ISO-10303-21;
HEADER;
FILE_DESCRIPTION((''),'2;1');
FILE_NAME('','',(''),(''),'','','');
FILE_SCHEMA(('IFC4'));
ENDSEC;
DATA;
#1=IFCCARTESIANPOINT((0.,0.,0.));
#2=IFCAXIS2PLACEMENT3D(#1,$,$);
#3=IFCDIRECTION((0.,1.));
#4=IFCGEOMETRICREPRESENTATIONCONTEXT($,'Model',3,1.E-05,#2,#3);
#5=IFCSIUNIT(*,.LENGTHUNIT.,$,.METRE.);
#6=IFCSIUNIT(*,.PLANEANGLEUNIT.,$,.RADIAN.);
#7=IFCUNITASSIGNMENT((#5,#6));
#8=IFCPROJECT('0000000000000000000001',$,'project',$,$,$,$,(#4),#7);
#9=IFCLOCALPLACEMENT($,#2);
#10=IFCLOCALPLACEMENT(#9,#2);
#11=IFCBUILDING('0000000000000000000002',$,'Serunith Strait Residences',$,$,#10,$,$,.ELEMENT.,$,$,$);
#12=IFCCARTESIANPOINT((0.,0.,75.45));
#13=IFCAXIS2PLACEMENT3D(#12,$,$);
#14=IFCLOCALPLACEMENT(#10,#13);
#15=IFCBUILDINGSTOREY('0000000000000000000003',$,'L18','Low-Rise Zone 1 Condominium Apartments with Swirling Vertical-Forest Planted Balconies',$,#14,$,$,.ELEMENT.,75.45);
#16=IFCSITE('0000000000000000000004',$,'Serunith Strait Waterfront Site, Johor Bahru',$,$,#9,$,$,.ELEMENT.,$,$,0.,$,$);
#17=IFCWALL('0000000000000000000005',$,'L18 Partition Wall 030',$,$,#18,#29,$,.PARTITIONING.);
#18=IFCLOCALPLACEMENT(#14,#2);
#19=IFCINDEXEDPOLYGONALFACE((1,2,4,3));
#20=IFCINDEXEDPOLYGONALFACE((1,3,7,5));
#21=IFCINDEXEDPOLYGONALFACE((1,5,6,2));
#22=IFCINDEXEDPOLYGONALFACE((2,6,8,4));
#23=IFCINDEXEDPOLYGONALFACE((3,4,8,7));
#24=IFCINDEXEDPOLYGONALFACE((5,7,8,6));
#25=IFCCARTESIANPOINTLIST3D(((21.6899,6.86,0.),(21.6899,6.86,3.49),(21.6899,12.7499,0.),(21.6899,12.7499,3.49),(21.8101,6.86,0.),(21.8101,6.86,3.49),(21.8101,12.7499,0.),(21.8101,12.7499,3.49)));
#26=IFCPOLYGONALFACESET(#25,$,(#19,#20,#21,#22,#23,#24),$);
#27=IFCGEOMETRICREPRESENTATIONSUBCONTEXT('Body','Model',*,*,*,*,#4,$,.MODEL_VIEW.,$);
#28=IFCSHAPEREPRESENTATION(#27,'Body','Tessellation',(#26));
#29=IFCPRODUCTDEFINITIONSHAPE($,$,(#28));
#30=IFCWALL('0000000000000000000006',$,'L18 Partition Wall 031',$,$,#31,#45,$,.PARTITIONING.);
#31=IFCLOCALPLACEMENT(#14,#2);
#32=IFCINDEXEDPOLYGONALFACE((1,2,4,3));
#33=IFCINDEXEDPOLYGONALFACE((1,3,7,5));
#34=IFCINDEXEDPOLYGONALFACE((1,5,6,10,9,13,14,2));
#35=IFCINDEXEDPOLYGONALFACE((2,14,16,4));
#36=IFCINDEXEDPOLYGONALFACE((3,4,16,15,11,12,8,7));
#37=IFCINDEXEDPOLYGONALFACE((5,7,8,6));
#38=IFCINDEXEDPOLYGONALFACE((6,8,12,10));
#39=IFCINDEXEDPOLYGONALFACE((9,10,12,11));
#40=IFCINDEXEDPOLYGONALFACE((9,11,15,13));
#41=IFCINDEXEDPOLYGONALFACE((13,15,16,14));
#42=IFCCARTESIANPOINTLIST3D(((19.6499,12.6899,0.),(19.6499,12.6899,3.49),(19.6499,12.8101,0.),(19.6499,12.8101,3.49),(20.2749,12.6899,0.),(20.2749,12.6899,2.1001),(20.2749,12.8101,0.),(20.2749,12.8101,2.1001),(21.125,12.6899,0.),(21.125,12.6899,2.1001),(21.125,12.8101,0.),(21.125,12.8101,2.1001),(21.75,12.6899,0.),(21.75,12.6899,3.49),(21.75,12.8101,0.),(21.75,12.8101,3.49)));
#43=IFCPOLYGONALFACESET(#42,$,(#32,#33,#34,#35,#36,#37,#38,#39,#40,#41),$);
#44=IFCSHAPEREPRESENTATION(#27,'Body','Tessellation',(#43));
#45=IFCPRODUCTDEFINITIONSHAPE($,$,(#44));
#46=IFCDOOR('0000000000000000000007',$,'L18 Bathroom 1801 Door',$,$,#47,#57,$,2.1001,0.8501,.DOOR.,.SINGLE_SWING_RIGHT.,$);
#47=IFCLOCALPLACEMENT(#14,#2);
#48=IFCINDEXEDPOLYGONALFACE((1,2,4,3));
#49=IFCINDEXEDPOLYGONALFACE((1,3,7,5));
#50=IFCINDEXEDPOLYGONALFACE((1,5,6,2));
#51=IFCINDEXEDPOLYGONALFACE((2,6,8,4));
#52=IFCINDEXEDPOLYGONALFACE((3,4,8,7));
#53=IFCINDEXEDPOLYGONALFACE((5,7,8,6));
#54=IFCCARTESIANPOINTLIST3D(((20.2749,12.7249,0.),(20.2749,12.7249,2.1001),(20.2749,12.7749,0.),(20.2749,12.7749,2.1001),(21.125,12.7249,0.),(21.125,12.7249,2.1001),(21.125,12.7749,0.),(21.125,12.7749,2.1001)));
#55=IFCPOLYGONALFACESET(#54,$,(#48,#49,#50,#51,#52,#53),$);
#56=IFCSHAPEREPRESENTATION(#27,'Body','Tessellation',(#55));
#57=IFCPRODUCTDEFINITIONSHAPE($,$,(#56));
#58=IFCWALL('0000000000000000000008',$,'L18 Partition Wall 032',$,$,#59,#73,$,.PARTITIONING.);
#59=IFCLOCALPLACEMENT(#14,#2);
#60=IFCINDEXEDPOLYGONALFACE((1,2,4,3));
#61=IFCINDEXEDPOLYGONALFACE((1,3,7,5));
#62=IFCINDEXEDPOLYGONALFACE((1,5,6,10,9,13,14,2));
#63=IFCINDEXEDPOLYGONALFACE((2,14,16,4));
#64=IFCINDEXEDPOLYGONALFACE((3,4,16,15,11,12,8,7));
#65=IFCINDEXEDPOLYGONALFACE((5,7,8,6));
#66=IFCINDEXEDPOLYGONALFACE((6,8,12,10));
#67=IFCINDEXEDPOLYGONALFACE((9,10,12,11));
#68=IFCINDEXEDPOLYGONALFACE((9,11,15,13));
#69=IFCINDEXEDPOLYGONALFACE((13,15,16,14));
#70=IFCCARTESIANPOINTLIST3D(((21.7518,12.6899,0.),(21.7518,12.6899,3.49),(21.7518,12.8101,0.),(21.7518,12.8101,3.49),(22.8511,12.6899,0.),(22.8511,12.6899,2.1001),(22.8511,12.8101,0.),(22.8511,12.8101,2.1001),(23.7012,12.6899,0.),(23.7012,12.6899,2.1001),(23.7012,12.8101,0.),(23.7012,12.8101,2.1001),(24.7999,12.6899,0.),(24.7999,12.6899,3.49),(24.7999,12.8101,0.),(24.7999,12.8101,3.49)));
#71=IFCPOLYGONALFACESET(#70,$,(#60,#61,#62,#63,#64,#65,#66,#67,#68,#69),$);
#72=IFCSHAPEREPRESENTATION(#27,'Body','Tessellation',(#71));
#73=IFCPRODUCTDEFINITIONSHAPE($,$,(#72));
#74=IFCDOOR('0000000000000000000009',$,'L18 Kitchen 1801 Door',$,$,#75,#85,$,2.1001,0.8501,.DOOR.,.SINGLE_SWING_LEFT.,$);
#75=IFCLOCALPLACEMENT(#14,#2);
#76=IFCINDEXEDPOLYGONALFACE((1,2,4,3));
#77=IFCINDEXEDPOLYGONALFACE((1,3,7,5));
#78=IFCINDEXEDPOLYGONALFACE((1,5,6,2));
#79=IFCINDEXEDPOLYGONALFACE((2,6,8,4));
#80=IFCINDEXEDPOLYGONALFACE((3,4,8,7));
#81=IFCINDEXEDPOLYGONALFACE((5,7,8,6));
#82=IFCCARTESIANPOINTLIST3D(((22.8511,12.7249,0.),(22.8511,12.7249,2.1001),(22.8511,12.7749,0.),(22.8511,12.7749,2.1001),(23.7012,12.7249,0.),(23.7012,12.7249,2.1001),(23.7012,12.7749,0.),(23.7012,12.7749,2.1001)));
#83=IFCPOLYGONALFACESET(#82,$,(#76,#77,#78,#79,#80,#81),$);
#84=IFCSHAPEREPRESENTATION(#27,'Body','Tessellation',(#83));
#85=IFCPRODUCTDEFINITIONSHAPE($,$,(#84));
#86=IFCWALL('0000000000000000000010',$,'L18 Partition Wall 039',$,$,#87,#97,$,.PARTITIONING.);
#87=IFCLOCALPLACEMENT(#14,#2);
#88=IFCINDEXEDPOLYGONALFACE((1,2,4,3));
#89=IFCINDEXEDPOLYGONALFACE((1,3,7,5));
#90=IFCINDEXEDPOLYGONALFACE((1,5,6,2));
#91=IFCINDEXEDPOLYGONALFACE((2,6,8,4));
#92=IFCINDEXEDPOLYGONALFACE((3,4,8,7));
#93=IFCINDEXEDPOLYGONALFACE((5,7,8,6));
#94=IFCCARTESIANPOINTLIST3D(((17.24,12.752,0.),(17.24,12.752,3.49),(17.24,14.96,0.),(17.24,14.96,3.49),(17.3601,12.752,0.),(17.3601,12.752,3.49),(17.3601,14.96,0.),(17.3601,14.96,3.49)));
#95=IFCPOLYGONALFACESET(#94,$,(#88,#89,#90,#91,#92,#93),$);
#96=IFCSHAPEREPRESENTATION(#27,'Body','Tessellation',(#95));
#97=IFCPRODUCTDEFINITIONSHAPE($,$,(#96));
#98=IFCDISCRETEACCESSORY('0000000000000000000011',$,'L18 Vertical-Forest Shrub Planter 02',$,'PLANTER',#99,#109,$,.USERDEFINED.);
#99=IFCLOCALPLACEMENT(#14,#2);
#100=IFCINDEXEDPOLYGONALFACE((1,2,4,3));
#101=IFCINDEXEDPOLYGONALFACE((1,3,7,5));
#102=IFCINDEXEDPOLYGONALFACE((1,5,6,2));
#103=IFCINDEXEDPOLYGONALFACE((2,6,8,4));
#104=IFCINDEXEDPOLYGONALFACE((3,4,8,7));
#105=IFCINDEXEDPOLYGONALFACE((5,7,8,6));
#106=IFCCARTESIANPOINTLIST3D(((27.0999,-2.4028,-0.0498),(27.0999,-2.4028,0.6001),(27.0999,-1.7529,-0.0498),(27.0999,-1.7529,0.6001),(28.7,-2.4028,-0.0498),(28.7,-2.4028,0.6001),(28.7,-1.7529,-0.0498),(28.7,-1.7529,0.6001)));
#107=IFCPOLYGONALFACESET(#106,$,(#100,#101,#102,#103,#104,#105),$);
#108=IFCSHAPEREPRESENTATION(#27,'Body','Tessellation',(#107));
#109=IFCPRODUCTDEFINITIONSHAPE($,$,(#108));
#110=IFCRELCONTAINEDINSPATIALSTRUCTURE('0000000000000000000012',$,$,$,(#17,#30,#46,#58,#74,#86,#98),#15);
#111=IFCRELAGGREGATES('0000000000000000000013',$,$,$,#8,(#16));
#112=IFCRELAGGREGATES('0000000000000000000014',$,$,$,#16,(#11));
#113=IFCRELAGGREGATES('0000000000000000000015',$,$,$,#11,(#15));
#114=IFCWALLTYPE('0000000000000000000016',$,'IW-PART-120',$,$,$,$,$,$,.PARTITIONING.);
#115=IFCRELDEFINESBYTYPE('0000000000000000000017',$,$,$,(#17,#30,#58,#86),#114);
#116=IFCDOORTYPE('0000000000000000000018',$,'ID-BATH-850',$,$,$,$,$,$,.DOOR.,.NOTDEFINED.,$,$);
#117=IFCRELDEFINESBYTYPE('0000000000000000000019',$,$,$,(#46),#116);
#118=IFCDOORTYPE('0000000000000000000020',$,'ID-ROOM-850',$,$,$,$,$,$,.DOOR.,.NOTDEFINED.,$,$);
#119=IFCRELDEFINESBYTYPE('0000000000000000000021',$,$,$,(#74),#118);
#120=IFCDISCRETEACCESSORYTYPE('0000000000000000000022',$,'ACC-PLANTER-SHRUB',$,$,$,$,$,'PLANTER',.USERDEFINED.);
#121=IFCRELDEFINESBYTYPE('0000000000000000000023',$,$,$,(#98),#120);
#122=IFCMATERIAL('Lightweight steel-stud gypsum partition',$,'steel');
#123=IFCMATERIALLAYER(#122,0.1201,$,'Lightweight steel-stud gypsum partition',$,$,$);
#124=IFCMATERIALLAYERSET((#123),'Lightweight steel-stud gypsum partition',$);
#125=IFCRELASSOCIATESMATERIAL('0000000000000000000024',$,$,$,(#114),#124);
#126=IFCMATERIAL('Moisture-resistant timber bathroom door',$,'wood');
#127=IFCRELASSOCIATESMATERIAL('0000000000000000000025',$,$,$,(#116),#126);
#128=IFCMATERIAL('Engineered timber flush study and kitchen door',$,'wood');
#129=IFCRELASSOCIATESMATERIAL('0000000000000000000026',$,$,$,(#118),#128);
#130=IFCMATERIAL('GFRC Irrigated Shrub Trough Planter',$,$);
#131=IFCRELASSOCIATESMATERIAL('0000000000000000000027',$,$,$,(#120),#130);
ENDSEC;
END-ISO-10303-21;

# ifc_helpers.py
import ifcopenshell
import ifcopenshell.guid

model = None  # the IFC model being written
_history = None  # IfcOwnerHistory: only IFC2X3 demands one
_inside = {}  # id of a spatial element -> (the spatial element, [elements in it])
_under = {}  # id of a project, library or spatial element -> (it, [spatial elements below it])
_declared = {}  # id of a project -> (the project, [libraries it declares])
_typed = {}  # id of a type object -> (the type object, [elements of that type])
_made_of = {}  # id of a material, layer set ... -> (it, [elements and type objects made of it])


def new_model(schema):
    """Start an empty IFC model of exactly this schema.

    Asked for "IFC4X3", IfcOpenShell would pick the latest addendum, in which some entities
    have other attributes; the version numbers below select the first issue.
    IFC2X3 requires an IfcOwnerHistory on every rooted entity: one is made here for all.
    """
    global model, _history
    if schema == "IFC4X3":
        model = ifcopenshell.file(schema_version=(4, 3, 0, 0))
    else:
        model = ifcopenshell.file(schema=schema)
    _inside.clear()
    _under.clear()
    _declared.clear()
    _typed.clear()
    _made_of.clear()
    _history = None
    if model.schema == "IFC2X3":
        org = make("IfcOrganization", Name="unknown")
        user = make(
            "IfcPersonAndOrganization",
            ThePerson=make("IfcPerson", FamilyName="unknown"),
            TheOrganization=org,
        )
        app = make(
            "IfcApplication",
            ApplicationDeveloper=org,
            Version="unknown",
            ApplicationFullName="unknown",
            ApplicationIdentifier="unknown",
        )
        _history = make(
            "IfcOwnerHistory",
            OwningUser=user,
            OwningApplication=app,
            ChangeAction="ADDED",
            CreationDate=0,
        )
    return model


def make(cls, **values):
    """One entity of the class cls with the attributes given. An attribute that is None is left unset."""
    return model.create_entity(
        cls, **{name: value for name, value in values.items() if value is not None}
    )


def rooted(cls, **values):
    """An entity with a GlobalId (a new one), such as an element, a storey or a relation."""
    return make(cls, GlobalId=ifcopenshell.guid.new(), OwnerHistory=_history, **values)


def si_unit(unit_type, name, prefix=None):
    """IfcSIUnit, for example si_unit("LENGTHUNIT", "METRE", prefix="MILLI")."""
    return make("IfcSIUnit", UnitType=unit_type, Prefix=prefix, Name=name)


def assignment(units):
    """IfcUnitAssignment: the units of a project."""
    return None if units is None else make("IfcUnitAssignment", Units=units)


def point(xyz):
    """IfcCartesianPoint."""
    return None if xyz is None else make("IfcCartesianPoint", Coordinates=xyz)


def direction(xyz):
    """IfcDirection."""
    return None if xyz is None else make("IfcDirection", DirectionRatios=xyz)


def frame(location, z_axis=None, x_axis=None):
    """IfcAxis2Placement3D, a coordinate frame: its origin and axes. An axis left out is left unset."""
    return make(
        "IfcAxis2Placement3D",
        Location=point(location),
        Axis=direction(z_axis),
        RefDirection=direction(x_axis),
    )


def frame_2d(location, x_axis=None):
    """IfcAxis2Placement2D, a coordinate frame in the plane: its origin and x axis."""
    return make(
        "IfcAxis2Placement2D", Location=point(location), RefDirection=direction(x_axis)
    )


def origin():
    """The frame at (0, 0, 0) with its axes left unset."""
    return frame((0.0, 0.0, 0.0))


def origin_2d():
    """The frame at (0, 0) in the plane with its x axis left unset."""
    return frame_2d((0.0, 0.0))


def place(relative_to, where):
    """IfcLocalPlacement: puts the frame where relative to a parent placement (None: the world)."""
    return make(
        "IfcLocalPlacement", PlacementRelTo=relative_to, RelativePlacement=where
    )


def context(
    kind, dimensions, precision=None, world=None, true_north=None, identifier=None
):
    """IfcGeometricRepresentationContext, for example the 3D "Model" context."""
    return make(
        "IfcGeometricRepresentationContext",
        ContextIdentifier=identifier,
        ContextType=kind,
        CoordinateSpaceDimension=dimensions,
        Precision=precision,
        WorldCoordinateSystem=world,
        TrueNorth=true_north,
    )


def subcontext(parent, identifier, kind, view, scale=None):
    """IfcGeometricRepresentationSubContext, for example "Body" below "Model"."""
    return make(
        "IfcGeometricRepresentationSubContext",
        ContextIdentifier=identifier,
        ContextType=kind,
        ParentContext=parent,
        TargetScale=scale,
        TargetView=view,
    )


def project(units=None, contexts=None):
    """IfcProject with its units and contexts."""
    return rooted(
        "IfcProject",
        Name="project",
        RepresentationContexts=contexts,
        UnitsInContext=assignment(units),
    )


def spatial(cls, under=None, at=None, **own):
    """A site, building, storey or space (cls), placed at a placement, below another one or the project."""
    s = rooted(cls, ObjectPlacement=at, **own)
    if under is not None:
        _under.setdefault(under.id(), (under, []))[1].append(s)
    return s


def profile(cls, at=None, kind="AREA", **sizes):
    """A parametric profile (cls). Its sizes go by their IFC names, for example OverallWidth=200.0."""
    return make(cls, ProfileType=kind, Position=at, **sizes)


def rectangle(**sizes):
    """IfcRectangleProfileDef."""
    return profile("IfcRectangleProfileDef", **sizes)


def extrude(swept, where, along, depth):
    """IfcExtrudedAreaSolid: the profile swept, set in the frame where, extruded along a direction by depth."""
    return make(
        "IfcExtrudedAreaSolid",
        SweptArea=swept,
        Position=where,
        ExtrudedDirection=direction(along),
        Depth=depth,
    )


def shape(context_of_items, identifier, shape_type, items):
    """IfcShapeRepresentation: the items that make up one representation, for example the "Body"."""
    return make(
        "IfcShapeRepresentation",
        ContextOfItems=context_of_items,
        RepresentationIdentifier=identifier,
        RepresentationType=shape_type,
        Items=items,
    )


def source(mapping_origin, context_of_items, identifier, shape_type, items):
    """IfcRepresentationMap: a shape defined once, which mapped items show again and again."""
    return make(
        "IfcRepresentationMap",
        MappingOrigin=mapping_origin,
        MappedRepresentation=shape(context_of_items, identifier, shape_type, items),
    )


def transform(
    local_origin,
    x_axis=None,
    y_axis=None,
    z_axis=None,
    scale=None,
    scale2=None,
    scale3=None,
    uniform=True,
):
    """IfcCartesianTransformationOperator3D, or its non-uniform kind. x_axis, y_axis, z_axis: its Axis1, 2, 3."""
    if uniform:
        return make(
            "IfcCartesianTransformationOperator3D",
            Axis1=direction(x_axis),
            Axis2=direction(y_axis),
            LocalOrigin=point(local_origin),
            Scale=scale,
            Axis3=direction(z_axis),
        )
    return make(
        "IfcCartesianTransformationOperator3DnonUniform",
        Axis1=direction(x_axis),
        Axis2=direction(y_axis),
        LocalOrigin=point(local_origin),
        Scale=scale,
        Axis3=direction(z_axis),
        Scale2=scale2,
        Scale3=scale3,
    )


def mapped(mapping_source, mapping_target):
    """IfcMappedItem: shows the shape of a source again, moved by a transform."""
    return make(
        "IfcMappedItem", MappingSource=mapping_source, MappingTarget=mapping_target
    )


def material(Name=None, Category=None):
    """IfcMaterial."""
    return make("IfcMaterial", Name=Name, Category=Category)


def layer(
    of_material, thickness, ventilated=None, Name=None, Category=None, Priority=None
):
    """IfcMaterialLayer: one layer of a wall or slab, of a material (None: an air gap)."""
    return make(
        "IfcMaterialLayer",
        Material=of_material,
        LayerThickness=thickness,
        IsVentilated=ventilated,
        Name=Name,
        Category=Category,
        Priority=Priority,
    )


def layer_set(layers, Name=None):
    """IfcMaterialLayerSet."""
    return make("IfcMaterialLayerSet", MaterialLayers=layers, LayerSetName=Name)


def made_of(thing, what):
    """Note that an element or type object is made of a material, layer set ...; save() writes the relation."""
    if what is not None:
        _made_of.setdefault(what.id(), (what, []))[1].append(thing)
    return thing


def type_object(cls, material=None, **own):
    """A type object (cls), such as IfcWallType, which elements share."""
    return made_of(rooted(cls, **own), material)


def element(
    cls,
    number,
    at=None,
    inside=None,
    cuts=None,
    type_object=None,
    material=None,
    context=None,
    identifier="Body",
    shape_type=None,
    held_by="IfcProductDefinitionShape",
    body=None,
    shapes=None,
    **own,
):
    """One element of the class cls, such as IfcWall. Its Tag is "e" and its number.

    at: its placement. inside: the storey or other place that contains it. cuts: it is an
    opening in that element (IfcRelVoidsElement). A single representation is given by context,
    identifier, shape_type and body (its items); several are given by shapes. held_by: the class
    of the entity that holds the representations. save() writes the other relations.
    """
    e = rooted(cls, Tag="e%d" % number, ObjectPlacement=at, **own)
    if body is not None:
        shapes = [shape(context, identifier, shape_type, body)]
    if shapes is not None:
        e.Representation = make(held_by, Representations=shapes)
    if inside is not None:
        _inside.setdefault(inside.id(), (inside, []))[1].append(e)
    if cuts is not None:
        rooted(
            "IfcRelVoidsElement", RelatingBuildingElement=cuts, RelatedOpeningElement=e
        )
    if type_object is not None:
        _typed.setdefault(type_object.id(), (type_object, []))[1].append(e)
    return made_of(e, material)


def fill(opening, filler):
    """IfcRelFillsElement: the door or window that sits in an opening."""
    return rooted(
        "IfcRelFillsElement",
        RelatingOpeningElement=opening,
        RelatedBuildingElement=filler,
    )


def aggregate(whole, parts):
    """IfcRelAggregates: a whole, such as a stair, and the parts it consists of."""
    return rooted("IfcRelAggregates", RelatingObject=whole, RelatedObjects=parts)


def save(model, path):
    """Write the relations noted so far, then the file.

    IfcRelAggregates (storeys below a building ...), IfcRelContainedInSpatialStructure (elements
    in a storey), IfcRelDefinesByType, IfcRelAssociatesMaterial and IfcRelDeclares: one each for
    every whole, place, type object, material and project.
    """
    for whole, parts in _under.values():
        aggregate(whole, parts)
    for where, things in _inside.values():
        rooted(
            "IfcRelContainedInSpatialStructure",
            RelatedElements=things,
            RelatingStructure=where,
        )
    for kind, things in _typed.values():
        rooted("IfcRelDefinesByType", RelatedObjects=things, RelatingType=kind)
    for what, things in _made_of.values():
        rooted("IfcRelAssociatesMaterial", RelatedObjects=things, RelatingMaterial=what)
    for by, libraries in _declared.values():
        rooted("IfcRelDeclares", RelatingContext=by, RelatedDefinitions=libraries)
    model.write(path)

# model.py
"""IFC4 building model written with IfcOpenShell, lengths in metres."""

from ifc_helpers import new_model, si_unit, direction, frame, frame_2d, origin, origin_2d, place, context, subcontext, project, spatial, rectangle, extrude, source, transform, mapped, material, layer, layer_set, type_object, element, fill, save


model = new_model("IFC4")

# Units and contexts
model_context = context("Model", 3, precision=1e-05, world=origin(), true_north=direction((0.0, 1.0)))
body_context = subcontext(model_context, "Body", "Model", "MODEL_VIEW")
ifc_project = project(units=[si_unit("LENGTHUNIT", "METRE"), si_unit("PLANEANGLEUNIT", "RADIAN")], contexts=[model_context])

# Site, building, storey
site_placement = place(None, origin())
site = spatial("IfcSite", under=ifc_project, at=site_placement, Name="Serunith Strait Waterfront Site, Johor Bahru", CompositionType="ELEMENT", RefElevation=0.0)
building_placement = place(site_placement, origin())
building = spatial("IfcBuilding", under=site, at=building_placement, Name="Serunith Strait Residences", CompositionType="ELEMENT")
storey_placement = place(building_placement, frame((0.0, 0.0, 75.45)))
storey = spatial("IfcBuildingStorey", under=building, at=storey_placement, Name="L18", Description="Low-Rise Zone 1 Condominium Apartments with Swirling Vertical-Forest Planted Balconies", CompositionType="ELEMENT", Elevation=75.45)

# Shared definitions
ifc_material_1 = material(Name="Lightweight steel-stud gypsum partition", Category="steel")
ifc_layer_1 = layer(ifc_material_1, 0.1201, Name="Lightweight steel-stud gypsum partition")
ifc_layer_set_1 = layer_set([ifc_layer_1], Name="Lightweight steel-stud gypsum partition")
wall_type_1 = type_object("IfcWallType", Name="IW-PART-120", PredefinedType="PARTITIONING", material=ifc_layer_set_1)

# Wall
wall_1_placement = place(storey_placement, frame((21.75, 6.8601, 0.0), z_axis=(0.0, 0.0, 1.0), x_axis=(0.0, 1.0, 0.0)))
element("IfcWall", 1, at=wall_1_placement, inside=storey, type_object=wall_type_1, Name="L18 Partition Wall 030", PredefinedType="PARTITIONING", context=body_context, shape_type="SweptSolid", body=[
    extrude(rectangle(XDim=5.8899, YDim=0.1201, at=frame_2d((2.9448, 0.0))), origin(), (0.0, 0.0, 1.0), 3.49),
])

# Walls, openings, doors
wall_2_placement = place(storey_placement, frame((19.6499, 12.75, 0.0), z_axis=(0.0, 0.0, 1.0), x_axis=(1.0, 0.0, 0.0)))
wall_2 = element("IfcWall", 2, at=wall_2_placement, inside=storey, type_object=wall_type_1, Name="L18 Partition Wall 031", PredefinedType="PARTITIONING", context=body_context, shape_type="SweptSolid", body=[
    extrude(rectangle(XDim=2.1001, YDim=0.1201, at=frame_2d((1.05, 0.0))), origin(), (0.0, 0.0, 1.0), 3.49),
])
opening_1_placement = place(wall_2_placement, frame((0.625, 0.0, 0.0)))
opening_1 = element("IfcOpeningElement", 3, at=opening_1_placement, cuts=wall_2, PredefinedType="OPENING", context=body_context, shape_type="SweptSolid", body=[
    extrude(rectangle(XDim=0.8501, YDim=2.1001, at=frame_2d((0.425, 1.05))), frame((0.0, 0.0701, 0.0), z_axis=(0.0, -1.0, 0.0), x_axis=(1.0, 0.0, 0.0)), (0.0, 0.0, 1.0), 0.1401),
])
ifc_material_2 = material(Name="Moisture-resistant timber bathroom door", Category="wood")
door_type_1 = type_object("IfcDoorType", Name="ID-BATH-850", OperationType="NOTDEFINED", PredefinedType="DOOR", material=ifc_material_2)
shared_shape_1 = source(origin(), body_context, "Body", "SweptSolid", [
    extrude(rectangle(XDim=0.8501, YDim=2.1001, at=frame_2d((0.425, 1.05))), frame((0.0, 0.0249, 0.0), z_axis=(0.0, -1.0, 0.0), x_axis=(1.0, 0.0, 0.0)), (0.0, 0.0, 1.0), 0.05),
])
door_1_placement = place(opening_1_placement, origin())
door_1 = element("IfcDoor", 4, at=door_1_placement, inside=storey, type_object=door_type_1, Name="L18 Bathroom 1801 Door", OperationType="SINGLE_SWING_RIGHT", OverallHeight=2.1001, OverallWidth=0.8501, PredefinedType="DOOR", context=body_context, shape_type="MappedRepresentation", body=[
    mapped(shared_shape_1, transform((0.0, 0.0, 0.0), scale=1.0)),
])
fill(opening_1, door_1)
wall_3_placement = place(storey_placement, frame((21.752, 12.75, 0.0), z_axis=(0.0, 0.0, 1.0), x_axis=(1.0, 0.0, 0.0)))
wall_3 = element("IfcWall", 5, at=wall_3_placement, inside=storey, type_object=wall_type_1, Name="L18 Partition Wall 032", PredefinedType="PARTITIONING", context=body_context, shape_type="SweptSolid", body=[
    extrude(rectangle(XDim=3.0481, YDim=0.1201, at=frame_2d((1.5239, 0.0))), origin(), (0.0, 0.0, 1.0), 3.49),
])
opening_2_placement = place(wall_3_placement, frame((1.0991, 0.0, 0.0)))
opening_2 = element("IfcOpeningElement", 6, at=opening_2_placement, cuts=wall_3, PredefinedType="OPENING", context=body_context, shape_type="SweptSolid", body=[
    extrude(rectangle(XDim=0.8501, YDim=2.1001, at=frame_2d((0.425, 1.05))), frame((0.0, 0.0701, 0.0), z_axis=(0.0, -1.0, 0.0), x_axis=(1.0, 0.0, 0.0)), (0.0, 0.0, 1.0), 0.1401),
])
ifc_material_3 = material(Name="Engineered timber flush study and kitchen door", Category="wood")
door_type_2 = type_object("IfcDoorType", Name="ID-ROOM-850", OperationType="NOTDEFINED", PredefinedType="DOOR", material=ifc_material_3)
door_2_placement = place(opening_2_placement, origin())
door_2 = element("IfcDoor", 7, at=door_2_placement, inside=storey, type_object=door_type_2, Name="L18 Kitchen 1801 Door", OperationType="SINGLE_SWING_LEFT", OverallHeight=2.1001, OverallWidth=0.8501, PredefinedType="DOOR", context=body_context, shape_type="MappedRepresentation", body=[
    mapped(shared_shape_1, transform((0.0, 0.0, 0.0), scale=1.0)),
])
fill(opening_2, door_2)

# Wall
wall_4_placement = place(storey_placement, frame((17.3, 12.752, 0.0), z_axis=(0.0, 0.0, 1.0), x_axis=(0.0, 1.0, 0.0)))
element("IfcWall", 8, at=wall_4_placement, inside=storey, type_object=wall_type_1, Name="L18 Partition Wall 039", PredefinedType="PARTITIONING", context=body_context, shape_type="SweptSolid", body=[
    extrude(rectangle(XDim=2.208, YDim=0.1201, at=frame_2d((1.104, 0.0))), origin(), (0.0, 0.0, 1.0), 3.49),
])

# Discrete accessory
ifc_material_4 = material(Name="GFRC Irrigated Shrub Trough Planter")
discrete_accessory_type = type_object("IfcDiscreteAccessoryType", Name="ACC-PLANTER-SHRUB", ElementType="PLANTER", PredefinedType="USERDEFINED", material=ifc_material_4)
shared_shape_2 = source(origin(), body_context, "Body", "SweptSolid", [
    extrude(rectangle(XDim=1.6001, YDim=0.6499, at=origin_2d()), origin(), (0.0, 0.0, 1.0), 0.6499),
])
discrete_accessory_placement = place(storey_placement, frame((27.8999, -2.0779, -0.0498), z_axis=(0.0, 0.0, 1.0), x_axis=(1.0, 0.0, 0.0)))
element("IfcDiscreteAccessory", 9, at=discrete_accessory_placement, inside=storey, type_object=discrete_accessory_type, Name="L18 Vertical-Forest Shrub Planter 02", ObjectType="PLANTER", PredefinedType="USERDEFINED", context=body_context, shape_type="MappedRepresentation", body=[
    mapped(shared_shape_2, transform((0.0, 0.0, 0.0), scale=1.0)),
])

save(model, "model.ifc")
